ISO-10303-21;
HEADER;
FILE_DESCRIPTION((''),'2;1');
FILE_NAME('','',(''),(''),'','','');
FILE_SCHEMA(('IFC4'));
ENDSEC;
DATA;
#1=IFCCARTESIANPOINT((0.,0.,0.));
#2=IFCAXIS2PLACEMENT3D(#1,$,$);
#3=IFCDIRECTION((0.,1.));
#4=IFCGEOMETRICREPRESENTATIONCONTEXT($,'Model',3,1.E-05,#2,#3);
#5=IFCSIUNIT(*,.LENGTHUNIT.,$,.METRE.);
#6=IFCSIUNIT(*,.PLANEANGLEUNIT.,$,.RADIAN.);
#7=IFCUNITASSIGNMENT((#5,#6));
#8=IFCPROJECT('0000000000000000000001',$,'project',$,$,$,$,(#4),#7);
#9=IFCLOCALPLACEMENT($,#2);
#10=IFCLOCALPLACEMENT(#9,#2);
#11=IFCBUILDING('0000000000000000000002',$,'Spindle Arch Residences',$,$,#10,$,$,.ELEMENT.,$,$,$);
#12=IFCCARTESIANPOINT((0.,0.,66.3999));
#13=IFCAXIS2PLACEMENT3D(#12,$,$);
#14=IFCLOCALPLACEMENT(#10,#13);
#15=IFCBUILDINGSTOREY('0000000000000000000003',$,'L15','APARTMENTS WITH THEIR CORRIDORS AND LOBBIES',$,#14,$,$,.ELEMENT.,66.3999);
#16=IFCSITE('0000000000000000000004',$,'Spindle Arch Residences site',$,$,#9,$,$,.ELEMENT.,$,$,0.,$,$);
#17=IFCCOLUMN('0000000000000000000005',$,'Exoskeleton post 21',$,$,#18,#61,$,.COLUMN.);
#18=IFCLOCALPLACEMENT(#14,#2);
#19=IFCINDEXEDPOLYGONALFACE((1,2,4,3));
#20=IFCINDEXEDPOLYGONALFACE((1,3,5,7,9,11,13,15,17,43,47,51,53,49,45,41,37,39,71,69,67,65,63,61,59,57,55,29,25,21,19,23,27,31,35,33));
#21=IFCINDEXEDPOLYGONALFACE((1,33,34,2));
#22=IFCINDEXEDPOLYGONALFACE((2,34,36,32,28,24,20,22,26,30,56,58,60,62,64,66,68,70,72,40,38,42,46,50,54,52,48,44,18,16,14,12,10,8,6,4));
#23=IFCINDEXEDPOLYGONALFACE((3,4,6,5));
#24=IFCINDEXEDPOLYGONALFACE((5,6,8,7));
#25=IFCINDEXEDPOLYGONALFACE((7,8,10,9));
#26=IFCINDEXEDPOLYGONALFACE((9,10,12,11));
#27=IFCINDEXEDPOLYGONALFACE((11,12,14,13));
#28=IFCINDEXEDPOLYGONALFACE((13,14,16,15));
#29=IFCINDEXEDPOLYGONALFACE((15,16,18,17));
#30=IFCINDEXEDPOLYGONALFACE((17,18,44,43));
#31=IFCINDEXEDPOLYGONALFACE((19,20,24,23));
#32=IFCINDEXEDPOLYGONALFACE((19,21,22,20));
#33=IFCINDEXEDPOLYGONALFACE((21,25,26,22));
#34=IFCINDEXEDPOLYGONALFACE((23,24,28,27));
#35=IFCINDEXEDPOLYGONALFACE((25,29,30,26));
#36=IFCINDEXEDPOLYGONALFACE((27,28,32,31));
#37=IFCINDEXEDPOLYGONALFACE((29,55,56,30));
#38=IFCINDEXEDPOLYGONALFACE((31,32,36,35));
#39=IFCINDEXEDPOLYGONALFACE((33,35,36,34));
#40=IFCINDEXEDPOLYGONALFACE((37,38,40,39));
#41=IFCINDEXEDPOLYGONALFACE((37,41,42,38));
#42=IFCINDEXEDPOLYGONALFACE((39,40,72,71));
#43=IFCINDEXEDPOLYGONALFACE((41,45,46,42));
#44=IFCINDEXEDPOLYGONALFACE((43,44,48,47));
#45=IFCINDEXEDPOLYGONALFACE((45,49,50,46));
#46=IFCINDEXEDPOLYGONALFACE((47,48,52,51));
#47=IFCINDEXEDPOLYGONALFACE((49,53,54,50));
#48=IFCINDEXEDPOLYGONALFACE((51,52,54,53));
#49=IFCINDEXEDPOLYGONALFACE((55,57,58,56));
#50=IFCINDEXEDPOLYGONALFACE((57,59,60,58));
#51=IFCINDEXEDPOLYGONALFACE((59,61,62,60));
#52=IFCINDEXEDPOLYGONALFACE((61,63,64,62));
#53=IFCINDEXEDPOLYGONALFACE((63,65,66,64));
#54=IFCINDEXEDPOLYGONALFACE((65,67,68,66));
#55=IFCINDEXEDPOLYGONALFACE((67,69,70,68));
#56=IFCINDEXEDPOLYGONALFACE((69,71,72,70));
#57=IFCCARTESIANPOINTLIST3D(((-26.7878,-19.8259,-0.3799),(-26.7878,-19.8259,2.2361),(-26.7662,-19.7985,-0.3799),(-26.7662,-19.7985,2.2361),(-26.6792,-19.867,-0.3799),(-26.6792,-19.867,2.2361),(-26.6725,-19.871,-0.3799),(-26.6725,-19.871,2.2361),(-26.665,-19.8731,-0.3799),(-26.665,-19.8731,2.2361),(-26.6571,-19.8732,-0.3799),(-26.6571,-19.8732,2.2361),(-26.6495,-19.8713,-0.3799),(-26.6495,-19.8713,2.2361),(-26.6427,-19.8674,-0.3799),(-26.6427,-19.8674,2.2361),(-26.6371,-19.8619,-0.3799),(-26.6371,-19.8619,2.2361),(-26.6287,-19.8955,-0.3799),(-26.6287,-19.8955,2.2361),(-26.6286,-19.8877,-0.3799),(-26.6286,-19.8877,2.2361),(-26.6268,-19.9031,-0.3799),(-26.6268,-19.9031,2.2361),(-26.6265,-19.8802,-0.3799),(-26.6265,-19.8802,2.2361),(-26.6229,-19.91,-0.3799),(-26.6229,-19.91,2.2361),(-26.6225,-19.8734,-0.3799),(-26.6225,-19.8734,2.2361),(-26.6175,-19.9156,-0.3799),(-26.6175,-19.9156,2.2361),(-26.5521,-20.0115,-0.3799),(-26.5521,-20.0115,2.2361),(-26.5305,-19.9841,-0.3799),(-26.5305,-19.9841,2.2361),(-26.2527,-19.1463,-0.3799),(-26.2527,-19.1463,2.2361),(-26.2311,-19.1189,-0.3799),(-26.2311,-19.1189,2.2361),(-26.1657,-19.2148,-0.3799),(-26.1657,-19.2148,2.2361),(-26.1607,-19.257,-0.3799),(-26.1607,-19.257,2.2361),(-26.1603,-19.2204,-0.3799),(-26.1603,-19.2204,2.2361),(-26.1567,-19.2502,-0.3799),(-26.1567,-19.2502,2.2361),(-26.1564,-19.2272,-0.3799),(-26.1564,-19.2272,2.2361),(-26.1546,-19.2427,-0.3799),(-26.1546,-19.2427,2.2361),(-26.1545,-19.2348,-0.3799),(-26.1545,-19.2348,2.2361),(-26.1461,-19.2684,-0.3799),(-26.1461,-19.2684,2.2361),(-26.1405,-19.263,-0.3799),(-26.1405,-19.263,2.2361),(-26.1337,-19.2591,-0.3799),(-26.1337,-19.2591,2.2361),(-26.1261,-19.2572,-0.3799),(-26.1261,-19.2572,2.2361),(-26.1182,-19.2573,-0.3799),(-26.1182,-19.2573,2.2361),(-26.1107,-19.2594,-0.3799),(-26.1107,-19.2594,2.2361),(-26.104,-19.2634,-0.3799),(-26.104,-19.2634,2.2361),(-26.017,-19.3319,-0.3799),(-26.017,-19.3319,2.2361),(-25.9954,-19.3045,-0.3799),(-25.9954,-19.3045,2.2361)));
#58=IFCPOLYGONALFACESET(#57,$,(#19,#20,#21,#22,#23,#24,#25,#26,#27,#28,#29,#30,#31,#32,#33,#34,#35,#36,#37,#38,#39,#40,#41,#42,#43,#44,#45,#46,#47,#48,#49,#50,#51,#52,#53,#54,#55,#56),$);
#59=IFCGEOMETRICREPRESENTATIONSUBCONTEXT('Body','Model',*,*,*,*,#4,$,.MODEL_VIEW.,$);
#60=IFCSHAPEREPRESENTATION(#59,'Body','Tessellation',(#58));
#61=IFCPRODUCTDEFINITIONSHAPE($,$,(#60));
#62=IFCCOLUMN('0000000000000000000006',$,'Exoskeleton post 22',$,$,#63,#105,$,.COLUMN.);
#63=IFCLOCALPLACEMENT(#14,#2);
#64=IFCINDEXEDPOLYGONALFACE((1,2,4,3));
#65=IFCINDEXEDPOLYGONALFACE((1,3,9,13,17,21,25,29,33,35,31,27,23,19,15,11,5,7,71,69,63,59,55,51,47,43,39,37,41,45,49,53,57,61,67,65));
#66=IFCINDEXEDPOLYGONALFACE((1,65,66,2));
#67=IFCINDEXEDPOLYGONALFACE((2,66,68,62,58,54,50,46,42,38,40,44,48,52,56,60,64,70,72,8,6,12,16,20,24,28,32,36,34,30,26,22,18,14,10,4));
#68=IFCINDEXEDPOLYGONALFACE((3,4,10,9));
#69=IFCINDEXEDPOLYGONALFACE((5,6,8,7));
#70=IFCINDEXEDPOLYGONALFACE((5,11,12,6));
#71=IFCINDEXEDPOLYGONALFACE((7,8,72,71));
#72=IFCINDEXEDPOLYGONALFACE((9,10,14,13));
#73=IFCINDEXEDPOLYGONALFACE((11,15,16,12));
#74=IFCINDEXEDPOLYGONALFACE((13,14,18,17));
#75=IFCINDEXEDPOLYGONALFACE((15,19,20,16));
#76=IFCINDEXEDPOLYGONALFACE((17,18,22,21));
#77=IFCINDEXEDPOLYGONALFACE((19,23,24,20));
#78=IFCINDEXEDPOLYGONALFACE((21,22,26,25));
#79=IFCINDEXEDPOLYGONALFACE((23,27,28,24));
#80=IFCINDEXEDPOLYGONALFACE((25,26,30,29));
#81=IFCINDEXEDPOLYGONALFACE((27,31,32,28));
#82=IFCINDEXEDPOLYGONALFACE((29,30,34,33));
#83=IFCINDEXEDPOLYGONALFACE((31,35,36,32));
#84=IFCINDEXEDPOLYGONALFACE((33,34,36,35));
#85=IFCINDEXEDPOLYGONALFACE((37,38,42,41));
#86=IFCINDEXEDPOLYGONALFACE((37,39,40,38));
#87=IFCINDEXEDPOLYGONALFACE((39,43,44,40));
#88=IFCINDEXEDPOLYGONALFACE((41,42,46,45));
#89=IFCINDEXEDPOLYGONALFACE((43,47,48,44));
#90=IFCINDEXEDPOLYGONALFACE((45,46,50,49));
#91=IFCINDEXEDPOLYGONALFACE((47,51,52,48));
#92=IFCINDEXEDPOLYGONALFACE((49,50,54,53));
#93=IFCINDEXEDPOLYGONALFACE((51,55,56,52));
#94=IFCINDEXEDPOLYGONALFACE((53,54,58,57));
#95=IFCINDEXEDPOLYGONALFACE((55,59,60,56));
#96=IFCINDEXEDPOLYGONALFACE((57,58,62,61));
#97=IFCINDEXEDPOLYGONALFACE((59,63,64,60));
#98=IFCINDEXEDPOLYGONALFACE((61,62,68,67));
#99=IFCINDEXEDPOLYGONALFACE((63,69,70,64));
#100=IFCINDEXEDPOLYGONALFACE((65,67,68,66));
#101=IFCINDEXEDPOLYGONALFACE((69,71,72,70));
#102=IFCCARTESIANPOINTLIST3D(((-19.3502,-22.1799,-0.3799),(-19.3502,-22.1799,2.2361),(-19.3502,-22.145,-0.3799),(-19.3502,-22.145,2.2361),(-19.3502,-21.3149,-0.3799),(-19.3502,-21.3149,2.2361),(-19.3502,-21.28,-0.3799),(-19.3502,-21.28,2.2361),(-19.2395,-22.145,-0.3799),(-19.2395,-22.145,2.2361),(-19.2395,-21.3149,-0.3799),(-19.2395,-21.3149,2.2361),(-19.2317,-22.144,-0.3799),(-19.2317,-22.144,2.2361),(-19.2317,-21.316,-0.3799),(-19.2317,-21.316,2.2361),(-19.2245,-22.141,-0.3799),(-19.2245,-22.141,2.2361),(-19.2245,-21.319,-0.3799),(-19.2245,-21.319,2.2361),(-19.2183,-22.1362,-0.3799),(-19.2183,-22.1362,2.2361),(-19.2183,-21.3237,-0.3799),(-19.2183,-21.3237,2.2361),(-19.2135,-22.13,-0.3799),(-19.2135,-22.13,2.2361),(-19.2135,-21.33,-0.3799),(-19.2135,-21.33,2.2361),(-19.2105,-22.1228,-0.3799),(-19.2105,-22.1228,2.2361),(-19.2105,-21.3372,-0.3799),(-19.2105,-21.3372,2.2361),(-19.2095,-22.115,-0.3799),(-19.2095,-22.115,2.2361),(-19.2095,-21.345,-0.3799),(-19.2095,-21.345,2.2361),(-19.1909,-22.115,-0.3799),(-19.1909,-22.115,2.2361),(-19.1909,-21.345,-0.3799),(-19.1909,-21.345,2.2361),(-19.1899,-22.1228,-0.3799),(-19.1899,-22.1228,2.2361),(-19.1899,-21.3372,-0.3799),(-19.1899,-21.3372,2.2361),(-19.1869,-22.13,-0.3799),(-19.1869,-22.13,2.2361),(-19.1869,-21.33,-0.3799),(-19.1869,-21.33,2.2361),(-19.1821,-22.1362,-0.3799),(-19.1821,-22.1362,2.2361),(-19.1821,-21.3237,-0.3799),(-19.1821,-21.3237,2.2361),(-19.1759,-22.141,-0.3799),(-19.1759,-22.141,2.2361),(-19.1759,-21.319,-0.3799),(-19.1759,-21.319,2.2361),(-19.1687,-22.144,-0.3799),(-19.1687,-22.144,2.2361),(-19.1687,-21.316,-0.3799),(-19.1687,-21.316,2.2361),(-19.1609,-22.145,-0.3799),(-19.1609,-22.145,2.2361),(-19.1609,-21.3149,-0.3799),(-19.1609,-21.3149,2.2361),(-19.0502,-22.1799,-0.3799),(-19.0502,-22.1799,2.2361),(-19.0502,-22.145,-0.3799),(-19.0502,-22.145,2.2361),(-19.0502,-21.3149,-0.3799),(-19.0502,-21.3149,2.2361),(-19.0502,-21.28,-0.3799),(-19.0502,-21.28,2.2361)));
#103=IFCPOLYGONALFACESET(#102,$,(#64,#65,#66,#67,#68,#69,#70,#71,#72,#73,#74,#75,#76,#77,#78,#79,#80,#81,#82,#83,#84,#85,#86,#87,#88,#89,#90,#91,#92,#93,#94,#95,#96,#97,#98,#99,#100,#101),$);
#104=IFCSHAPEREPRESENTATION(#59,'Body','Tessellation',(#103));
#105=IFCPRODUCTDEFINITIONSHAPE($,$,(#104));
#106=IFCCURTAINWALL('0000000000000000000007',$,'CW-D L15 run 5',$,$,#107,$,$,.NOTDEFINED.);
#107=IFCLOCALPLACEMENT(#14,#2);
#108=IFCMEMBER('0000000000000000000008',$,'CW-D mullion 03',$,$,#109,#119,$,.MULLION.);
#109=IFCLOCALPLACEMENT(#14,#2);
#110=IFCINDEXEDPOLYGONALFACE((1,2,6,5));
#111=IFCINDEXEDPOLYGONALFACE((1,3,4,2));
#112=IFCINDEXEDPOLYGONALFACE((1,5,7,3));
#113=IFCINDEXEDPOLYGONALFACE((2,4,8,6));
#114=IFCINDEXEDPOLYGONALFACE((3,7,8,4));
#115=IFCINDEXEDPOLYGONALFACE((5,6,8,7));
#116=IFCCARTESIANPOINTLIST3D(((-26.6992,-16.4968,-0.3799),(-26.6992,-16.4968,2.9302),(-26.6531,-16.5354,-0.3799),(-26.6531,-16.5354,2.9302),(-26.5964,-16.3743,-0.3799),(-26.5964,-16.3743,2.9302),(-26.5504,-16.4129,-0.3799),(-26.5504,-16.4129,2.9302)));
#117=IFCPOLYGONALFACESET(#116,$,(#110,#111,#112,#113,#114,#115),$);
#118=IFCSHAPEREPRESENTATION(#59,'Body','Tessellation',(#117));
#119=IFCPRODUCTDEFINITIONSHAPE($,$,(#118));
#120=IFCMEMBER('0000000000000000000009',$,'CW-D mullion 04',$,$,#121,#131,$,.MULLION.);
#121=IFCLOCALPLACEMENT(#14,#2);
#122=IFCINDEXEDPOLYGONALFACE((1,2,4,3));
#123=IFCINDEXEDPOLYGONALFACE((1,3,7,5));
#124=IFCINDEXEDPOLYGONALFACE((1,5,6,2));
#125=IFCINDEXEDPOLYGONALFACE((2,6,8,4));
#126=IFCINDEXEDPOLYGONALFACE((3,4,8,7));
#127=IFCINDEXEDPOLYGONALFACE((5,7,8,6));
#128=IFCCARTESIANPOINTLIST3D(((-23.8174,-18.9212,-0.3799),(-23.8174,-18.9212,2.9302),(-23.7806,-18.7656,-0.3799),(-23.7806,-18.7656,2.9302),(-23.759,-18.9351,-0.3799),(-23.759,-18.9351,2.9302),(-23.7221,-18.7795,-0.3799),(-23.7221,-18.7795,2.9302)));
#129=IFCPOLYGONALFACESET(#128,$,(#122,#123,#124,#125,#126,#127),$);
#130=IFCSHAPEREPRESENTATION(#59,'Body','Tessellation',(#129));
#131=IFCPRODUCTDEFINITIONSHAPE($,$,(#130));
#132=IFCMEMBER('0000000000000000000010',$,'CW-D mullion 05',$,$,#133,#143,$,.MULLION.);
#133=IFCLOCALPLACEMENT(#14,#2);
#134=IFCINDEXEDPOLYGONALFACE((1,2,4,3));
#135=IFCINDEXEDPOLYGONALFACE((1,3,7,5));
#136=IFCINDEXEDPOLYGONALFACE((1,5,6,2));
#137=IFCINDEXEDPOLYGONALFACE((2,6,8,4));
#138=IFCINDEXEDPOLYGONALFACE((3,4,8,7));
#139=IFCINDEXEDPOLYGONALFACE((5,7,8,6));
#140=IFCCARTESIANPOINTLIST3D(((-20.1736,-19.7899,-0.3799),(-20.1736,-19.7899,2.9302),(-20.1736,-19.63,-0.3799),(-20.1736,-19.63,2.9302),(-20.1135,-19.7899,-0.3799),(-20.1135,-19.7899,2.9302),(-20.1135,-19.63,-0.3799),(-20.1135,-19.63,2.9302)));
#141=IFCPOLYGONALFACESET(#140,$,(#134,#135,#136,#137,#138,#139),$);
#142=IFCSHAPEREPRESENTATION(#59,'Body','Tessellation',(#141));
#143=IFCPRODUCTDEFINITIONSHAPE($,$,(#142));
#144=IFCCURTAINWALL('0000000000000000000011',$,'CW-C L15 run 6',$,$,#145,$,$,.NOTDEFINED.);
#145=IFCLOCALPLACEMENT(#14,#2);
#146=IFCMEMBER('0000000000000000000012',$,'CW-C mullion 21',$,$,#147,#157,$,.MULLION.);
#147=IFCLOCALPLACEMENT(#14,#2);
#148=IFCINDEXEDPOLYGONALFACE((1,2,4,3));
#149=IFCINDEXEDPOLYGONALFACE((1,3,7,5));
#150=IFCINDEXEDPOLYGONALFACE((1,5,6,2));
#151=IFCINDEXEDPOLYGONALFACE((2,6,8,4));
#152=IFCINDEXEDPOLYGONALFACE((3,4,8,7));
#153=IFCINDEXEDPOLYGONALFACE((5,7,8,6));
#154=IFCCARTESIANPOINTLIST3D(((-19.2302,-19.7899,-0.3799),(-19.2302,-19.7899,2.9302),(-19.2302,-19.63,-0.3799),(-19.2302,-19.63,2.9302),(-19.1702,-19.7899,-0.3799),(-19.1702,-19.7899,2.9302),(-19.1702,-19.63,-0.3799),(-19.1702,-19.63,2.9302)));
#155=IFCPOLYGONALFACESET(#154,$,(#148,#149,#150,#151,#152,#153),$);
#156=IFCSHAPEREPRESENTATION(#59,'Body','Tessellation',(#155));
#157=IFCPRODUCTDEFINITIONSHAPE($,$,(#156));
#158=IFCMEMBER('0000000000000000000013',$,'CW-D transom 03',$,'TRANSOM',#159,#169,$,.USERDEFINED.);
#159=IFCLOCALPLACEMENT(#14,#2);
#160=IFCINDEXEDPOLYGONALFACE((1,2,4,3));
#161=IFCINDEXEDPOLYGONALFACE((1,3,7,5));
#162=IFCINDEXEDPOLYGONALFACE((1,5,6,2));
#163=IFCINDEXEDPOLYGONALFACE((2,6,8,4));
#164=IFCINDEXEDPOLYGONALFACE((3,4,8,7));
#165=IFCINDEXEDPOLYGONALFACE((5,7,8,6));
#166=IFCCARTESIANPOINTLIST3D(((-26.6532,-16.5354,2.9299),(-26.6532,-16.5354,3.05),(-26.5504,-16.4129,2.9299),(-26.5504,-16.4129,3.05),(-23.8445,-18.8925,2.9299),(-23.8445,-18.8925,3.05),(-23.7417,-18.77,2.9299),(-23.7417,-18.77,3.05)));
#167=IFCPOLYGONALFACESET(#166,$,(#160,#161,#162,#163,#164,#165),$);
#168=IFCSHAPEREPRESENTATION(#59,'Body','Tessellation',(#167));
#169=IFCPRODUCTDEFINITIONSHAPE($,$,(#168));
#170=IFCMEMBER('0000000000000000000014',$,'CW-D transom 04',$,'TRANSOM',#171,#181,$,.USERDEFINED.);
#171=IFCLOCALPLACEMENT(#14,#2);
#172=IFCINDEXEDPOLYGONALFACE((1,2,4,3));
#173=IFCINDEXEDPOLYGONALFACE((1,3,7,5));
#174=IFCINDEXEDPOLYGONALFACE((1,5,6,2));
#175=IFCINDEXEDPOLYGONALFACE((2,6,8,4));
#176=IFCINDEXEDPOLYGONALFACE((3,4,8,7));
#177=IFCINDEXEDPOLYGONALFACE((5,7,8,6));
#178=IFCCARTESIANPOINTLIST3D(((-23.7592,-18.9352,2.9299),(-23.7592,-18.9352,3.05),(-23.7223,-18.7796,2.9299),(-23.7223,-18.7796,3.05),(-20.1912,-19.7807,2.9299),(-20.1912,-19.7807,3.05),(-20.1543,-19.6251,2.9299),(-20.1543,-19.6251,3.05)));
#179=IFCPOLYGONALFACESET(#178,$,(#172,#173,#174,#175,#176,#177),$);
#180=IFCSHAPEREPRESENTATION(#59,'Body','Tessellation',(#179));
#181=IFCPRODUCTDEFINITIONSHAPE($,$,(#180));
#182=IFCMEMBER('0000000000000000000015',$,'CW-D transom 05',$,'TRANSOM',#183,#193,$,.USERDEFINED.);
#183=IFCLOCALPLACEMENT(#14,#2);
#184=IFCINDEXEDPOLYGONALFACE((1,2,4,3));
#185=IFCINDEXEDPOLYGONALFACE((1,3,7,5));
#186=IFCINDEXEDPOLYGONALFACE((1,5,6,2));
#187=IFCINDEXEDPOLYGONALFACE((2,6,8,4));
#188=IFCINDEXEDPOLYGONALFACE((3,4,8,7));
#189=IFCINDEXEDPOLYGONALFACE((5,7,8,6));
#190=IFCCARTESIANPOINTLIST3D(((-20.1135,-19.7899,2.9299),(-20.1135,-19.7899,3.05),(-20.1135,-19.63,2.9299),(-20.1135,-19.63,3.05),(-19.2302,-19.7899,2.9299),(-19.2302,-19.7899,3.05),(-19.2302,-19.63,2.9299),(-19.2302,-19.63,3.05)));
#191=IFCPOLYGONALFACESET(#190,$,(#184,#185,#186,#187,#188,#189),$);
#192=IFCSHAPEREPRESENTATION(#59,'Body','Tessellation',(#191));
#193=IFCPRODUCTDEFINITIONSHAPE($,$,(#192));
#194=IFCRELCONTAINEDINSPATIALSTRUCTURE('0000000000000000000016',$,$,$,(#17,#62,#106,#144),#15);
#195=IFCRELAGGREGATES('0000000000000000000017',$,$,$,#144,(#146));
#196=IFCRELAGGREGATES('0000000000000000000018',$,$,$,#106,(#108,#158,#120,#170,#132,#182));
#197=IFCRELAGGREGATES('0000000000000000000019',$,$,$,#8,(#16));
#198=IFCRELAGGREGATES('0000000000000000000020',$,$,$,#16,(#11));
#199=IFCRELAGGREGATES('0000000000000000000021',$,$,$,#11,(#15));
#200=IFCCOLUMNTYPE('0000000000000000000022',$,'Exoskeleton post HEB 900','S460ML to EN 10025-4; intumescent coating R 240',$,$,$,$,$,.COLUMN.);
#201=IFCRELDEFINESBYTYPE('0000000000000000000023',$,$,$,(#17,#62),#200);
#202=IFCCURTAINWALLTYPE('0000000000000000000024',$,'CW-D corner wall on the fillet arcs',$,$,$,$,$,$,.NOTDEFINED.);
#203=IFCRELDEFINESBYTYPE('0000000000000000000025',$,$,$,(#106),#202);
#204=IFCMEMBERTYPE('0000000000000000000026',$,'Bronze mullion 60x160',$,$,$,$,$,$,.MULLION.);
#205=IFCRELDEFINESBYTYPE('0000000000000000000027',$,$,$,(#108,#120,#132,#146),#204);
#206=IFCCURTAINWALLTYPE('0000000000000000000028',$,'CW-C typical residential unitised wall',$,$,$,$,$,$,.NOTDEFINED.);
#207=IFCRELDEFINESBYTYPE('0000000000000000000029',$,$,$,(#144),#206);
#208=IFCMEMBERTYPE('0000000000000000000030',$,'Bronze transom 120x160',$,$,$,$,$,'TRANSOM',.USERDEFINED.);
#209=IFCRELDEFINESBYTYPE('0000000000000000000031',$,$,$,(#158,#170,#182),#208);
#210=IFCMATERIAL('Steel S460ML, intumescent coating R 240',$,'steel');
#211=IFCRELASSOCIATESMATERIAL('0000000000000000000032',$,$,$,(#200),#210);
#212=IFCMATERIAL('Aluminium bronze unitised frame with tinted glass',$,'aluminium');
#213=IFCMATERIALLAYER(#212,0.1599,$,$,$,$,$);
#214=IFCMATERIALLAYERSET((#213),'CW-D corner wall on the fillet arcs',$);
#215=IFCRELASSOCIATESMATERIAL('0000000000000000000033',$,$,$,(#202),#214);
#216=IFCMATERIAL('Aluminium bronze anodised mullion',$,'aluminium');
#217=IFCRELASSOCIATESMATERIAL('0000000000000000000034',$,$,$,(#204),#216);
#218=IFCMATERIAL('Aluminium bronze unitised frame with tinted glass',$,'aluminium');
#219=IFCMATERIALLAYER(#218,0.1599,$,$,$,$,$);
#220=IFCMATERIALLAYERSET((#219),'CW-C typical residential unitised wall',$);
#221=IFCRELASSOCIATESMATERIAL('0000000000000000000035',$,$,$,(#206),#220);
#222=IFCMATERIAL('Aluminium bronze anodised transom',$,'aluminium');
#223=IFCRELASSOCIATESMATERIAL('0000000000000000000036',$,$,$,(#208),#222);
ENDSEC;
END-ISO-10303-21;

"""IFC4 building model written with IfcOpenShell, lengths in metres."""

from ifc_helpers import new_model, si_unit, direction, frame, origin, origin_2d, place, context, subcontext, project, spatial, rectangle, i_section, extrude, material, layer, layer_set, material_profile, profile_set, type_object, element, aggregate, save


model = new_model("IFC4")

# Units and contexts
model_context = context("Model", 3, precision=1e-05, world=origin(), true_north=direction((0.0, 1.0)))
body_context = subcontext(model_context, "Body", "Model", "MODEL_VIEW")
ifc_project = project(units=[si_unit("LENGTHUNIT", "METRE"), si_unit("PLANEANGLEUNIT", "RADIAN")], contexts=[model_context])

# Site, building, storey
site_placement = place(None, origin())
site = spatial("IfcSite", under=ifc_project, at=site_placement, Name="Spindle Arch Residences site", CompositionType="ELEMENT", RefElevation=0.0)
building_placement = place(site_placement, origin())
building = spatial("IfcBuilding", under=site, at=building_placement, Name="Spindle Arch Residences", CompositionType="ELEMENT")
storey_placement = place(building_placement, frame((0.0, 0.0, 66.3999)))
storey = spatial("IfcBuildingStorey", under=building, at=storey_placement, Name="L15", Description="APARTMENTS WITH THEIR CORRIDORS AND LOBBIES", CompositionType="ELEMENT", Elevation=66.3999)

# Columns
ifc_material_1 = material(Name="Steel S460ML, intumescent coating R 240", Category="steel")
ifc_material_profile_1 = material_profile(ifc_material_1, i_section(OverallWidth=0.3, OverallDepth=0.8999, WebThickness=0.0186, FlangeThickness=0.0349, FilletRadius=0.03, at=origin_2d()), Name="HEB 900")
ifc_profile_set_1 = profile_set([ifc_material_profile_1], Name="Steel S460ML, intumescent coating R 240")
column_type = type_object("IfcColumnType", Name="Exoskeleton post HEB 900", Description="S460ML to EN 10025-4; intumescent coating R 240", PredefinedType="COLUMN", material=ifc_profile_set_1)
for number, where, z_axis, x_axis, name in (
    (1, (-26.3916, -19.5652, -0.3799), (0.0, 0.0, 1.0), (-0.785684, 0.618629, 0.0), "Exoskeleton post 21"),
    (2, (-19.2002, -21.73, -0.3799), (0.0, 0.0, 1.0), (-1.0, 0.0, 0.0), "Exoskeleton post 22"),
):
    element("IfcColumn", number, at=place(storey_placement, frame(where, z_axis=z_axis, x_axis=x_axis)), inside=storey, type_object=column_type, Name=name, PredefinedType="COLUMN", context=body_context, shape_type="SweptSolid", body=[
        extrude(i_section(OverallWidth=0.3, OverallDepth=0.8999, WebThickness=0.0186, FlangeThickness=0.0349, FilletRadius=0.03, at=origin_2d()), origin(), (0.0, 0.0, 1.0), 2.616),
    ])

# Curtain wall, members
ifc_material_2 = material(Name="Aluminium bronze unitised frame with tinted glass", Category="aluminium")
ifc_layer_1 = layer(ifc_material_2, 0.1599)
ifc_layer_set_1 = layer_set([ifc_layer_1], Name="CW-D corner wall on the fillet arcs")
curtain_wall_type_1 = type_object("IfcCurtainWallType", Name="CW-D corner wall on the fillet arcs", PredefinedType="NOTDEFINED", material=ifc_layer_set_1)
curtain_wall_1_placement = place(storey_placement, origin())
curtain_wall_1 = element("IfcCurtainWall", 3, at=curtain_wall_1_placement, inside=storey, type_object=curtain_wall_type_1, Name="CW-D L15 run 5", PredefinedType="NOTDEFINED")
ifc_material_3 = material(Name="Aluminium bronze anodised mullion", Category="aluminium")
ifc_material_profile_2 = material_profile(ifc_material_3, rectangle(XDim=0.1599, YDim=0.0601, at=origin_2d()), Name="MU 60x160")
ifc_profile_set_2 = profile_set([ifc_material_profile_2], Name="Aluminium bronze anodised mullion")
member_type_1 = type_object("IfcMemberType", Name="Bronze mullion 60x160", PredefinedType="MULLION", material=ifc_profile_set_2)
member_1_placement = place(storey_placement, frame((-26.6248, -16.4548, -0.3799), z_axis=(0.0, 0.0, 1.0), x_axis=(0.642788, 0.766044, 0.0)))
member_1 = element("IfcMember", 4, at=member_1_placement, type_object=member_type_1, Name="CW-D mullion 03", PredefinedType="MULLION", context=body_context, shape_type="SweptSolid", body=[
    extrude(rectangle(XDim=0.1599, YDim=0.0601, at=origin_2d()), origin(), (0.0, 0.0, 1.0), 3.3101),
])
member_2_placement = place(storey_placement, frame((-23.7698, -18.8503, -0.3799), z_axis=(0.0, 0.0, 1.0), x_axis=(0.230616, 0.973045, 0.0)))
member_2 = element("IfcMember", 5, at=member_2_placement, type_object=member_type_1, Name="CW-D mullion 04", PredefinedType="MULLION", context=body_context, shape_type="SweptSolid", body=[
    extrude(rectangle(XDim=0.1599, YDim=0.0601, at=origin_2d()), origin(), (0.0, 0.0, 1.0), 3.3101),
])
member_3_placement = place(storey_placement, frame((-20.1436, -19.71, -0.3799), z_axis=(0.0, 0.0, 1.0), x_axis=(0.0, 1.0, 0.0)))
member_3 = element("IfcMember", 6, at=member_3_placement, type_object=member_type_1, Name="CW-D mullion 05", PredefinedType="MULLION", context=body_context, shape_type="SweptSolid", body=[
    extrude(rectangle(XDim=0.1599, YDim=0.0601, at=origin_2d()), origin(), (0.0, 0.0, 1.0), 3.3101),
])

# Curtain wall, member
ifc_material_4 = material(Name="Aluminium bronze unitised frame with tinted glass", Category="aluminium")
ifc_layer_2 = layer(ifc_material_4, 0.1599)
ifc_layer_set_2 = layer_set([ifc_layer_2], Name="CW-C typical residential unitised wall")
curtain_wall_type_2 = type_object("IfcCurtainWallType", Name="CW-C typical residential unitised wall", PredefinedType="NOTDEFINED", material=ifc_layer_set_2)
curtain_wall_2_placement = place(storey_placement, origin())
curtain_wall_2 = element("IfcCurtainWall", 7, at=curtain_wall_2_placement, inside=storey, type_object=curtain_wall_type_2, Name="CW-C L15 run 6", PredefinedType="NOTDEFINED")
member_4_placement = place(storey_placement, frame((-19.2002, -19.71, -0.3799), z_axis=(0.0, 0.0, 1.0), x_axis=(0.0, 1.0, 0.0)))
member_4 = element("IfcMember", 8, at=member_4_placement, type_object=member_type_1, Name="CW-C mullion 21", PredefinedType="MULLION", context=body_context, shape_type="SweptSolid", body=[
    extrude(rectangle(XDim=0.1599, YDim=0.0601, at=origin_2d()), origin(), (0.0, 0.0, 1.0), 3.3101),
])

# Members
ifc_material_5 = material(Name="Aluminium bronze anodised transom", Category="aluminium")
ifc_material_profile_3 = material_profile(ifc_material_5, rectangle(XDim=0.1599, YDim=0.1201, at=origin_2d()), Name="TR 120x160")
ifc_profile_set_3 = profile_set([ifc_material_profile_3], Name="Aluminium bronze anodised transom")
member_type_2 = type_object("IfcMemberType", Name="Bronze transom 120x160", ElementType="TRANSOM", PredefinedType="USERDEFINED", material=ifc_profile_set_3)
member_5_placement = place(storey_placement, frame((-26.6018, -16.4741, 2.99), z_axis=(0.766006, -0.642833, 0.0), x_axis=(0.642833, 0.766006, 0.0)))
member_5 = element("IfcMember", 9, at=member_5_placement, type_object=member_type_2, Name="CW-D transom 03", ObjectType="TRANSOM", PredefinedType="USERDEFINED", context=body_context, shape_type="SweptSolid", body=[
    extrude(rectangle(XDim=0.1599, YDim=0.1201, at=origin_2d()), origin(), (0.0, 0.0, 1.0), 3.6667),
])
member_6_placement = place(storey_placement, frame((-23.7407, -18.8574, 2.99), z_axis=(0.973054, -0.230579, 0.0), x_axis=(0.230579, 0.973054, 0.0)))
member_6 = element("IfcMember", 10, at=member_6_placement, type_object=member_type_2, Name="CW-D transom 04", ObjectType="TRANSOM", PredefinedType="USERDEFINED", context=body_context, shape_type="SweptSolid", body=[
    extrude(rectangle(XDim=0.1599, YDim=0.1201, at=origin_2d()), origin(), (0.0, 0.0, 1.0), 3.6667),
])
member_7_placement = place(storey_placement, frame((-20.1135, -19.71, 2.99), z_axis=(1.0, 0.0, 0.0), x_axis=(0.0, 1.0, 0.0)))
member_7 = element("IfcMember", 11, at=member_7_placement, type_object=member_type_2, Name="CW-D transom 05", ObjectType="TRANSOM", PredefinedType="USERDEFINED", context=body_context, shape_type="SweptSolid", body=[
    extrude(rectangle(XDim=0.1599, YDim=0.1201, at=origin_2d()), origin(), (0.0, 0.0, 1.0), 0.8833),
])
aggregate(curtain_wall_2, [member_4])

aggregate(curtain_wall_1, [member_1, member_5, member_2, member_6, member_3, member_7])

save(model, "model.ifc")
